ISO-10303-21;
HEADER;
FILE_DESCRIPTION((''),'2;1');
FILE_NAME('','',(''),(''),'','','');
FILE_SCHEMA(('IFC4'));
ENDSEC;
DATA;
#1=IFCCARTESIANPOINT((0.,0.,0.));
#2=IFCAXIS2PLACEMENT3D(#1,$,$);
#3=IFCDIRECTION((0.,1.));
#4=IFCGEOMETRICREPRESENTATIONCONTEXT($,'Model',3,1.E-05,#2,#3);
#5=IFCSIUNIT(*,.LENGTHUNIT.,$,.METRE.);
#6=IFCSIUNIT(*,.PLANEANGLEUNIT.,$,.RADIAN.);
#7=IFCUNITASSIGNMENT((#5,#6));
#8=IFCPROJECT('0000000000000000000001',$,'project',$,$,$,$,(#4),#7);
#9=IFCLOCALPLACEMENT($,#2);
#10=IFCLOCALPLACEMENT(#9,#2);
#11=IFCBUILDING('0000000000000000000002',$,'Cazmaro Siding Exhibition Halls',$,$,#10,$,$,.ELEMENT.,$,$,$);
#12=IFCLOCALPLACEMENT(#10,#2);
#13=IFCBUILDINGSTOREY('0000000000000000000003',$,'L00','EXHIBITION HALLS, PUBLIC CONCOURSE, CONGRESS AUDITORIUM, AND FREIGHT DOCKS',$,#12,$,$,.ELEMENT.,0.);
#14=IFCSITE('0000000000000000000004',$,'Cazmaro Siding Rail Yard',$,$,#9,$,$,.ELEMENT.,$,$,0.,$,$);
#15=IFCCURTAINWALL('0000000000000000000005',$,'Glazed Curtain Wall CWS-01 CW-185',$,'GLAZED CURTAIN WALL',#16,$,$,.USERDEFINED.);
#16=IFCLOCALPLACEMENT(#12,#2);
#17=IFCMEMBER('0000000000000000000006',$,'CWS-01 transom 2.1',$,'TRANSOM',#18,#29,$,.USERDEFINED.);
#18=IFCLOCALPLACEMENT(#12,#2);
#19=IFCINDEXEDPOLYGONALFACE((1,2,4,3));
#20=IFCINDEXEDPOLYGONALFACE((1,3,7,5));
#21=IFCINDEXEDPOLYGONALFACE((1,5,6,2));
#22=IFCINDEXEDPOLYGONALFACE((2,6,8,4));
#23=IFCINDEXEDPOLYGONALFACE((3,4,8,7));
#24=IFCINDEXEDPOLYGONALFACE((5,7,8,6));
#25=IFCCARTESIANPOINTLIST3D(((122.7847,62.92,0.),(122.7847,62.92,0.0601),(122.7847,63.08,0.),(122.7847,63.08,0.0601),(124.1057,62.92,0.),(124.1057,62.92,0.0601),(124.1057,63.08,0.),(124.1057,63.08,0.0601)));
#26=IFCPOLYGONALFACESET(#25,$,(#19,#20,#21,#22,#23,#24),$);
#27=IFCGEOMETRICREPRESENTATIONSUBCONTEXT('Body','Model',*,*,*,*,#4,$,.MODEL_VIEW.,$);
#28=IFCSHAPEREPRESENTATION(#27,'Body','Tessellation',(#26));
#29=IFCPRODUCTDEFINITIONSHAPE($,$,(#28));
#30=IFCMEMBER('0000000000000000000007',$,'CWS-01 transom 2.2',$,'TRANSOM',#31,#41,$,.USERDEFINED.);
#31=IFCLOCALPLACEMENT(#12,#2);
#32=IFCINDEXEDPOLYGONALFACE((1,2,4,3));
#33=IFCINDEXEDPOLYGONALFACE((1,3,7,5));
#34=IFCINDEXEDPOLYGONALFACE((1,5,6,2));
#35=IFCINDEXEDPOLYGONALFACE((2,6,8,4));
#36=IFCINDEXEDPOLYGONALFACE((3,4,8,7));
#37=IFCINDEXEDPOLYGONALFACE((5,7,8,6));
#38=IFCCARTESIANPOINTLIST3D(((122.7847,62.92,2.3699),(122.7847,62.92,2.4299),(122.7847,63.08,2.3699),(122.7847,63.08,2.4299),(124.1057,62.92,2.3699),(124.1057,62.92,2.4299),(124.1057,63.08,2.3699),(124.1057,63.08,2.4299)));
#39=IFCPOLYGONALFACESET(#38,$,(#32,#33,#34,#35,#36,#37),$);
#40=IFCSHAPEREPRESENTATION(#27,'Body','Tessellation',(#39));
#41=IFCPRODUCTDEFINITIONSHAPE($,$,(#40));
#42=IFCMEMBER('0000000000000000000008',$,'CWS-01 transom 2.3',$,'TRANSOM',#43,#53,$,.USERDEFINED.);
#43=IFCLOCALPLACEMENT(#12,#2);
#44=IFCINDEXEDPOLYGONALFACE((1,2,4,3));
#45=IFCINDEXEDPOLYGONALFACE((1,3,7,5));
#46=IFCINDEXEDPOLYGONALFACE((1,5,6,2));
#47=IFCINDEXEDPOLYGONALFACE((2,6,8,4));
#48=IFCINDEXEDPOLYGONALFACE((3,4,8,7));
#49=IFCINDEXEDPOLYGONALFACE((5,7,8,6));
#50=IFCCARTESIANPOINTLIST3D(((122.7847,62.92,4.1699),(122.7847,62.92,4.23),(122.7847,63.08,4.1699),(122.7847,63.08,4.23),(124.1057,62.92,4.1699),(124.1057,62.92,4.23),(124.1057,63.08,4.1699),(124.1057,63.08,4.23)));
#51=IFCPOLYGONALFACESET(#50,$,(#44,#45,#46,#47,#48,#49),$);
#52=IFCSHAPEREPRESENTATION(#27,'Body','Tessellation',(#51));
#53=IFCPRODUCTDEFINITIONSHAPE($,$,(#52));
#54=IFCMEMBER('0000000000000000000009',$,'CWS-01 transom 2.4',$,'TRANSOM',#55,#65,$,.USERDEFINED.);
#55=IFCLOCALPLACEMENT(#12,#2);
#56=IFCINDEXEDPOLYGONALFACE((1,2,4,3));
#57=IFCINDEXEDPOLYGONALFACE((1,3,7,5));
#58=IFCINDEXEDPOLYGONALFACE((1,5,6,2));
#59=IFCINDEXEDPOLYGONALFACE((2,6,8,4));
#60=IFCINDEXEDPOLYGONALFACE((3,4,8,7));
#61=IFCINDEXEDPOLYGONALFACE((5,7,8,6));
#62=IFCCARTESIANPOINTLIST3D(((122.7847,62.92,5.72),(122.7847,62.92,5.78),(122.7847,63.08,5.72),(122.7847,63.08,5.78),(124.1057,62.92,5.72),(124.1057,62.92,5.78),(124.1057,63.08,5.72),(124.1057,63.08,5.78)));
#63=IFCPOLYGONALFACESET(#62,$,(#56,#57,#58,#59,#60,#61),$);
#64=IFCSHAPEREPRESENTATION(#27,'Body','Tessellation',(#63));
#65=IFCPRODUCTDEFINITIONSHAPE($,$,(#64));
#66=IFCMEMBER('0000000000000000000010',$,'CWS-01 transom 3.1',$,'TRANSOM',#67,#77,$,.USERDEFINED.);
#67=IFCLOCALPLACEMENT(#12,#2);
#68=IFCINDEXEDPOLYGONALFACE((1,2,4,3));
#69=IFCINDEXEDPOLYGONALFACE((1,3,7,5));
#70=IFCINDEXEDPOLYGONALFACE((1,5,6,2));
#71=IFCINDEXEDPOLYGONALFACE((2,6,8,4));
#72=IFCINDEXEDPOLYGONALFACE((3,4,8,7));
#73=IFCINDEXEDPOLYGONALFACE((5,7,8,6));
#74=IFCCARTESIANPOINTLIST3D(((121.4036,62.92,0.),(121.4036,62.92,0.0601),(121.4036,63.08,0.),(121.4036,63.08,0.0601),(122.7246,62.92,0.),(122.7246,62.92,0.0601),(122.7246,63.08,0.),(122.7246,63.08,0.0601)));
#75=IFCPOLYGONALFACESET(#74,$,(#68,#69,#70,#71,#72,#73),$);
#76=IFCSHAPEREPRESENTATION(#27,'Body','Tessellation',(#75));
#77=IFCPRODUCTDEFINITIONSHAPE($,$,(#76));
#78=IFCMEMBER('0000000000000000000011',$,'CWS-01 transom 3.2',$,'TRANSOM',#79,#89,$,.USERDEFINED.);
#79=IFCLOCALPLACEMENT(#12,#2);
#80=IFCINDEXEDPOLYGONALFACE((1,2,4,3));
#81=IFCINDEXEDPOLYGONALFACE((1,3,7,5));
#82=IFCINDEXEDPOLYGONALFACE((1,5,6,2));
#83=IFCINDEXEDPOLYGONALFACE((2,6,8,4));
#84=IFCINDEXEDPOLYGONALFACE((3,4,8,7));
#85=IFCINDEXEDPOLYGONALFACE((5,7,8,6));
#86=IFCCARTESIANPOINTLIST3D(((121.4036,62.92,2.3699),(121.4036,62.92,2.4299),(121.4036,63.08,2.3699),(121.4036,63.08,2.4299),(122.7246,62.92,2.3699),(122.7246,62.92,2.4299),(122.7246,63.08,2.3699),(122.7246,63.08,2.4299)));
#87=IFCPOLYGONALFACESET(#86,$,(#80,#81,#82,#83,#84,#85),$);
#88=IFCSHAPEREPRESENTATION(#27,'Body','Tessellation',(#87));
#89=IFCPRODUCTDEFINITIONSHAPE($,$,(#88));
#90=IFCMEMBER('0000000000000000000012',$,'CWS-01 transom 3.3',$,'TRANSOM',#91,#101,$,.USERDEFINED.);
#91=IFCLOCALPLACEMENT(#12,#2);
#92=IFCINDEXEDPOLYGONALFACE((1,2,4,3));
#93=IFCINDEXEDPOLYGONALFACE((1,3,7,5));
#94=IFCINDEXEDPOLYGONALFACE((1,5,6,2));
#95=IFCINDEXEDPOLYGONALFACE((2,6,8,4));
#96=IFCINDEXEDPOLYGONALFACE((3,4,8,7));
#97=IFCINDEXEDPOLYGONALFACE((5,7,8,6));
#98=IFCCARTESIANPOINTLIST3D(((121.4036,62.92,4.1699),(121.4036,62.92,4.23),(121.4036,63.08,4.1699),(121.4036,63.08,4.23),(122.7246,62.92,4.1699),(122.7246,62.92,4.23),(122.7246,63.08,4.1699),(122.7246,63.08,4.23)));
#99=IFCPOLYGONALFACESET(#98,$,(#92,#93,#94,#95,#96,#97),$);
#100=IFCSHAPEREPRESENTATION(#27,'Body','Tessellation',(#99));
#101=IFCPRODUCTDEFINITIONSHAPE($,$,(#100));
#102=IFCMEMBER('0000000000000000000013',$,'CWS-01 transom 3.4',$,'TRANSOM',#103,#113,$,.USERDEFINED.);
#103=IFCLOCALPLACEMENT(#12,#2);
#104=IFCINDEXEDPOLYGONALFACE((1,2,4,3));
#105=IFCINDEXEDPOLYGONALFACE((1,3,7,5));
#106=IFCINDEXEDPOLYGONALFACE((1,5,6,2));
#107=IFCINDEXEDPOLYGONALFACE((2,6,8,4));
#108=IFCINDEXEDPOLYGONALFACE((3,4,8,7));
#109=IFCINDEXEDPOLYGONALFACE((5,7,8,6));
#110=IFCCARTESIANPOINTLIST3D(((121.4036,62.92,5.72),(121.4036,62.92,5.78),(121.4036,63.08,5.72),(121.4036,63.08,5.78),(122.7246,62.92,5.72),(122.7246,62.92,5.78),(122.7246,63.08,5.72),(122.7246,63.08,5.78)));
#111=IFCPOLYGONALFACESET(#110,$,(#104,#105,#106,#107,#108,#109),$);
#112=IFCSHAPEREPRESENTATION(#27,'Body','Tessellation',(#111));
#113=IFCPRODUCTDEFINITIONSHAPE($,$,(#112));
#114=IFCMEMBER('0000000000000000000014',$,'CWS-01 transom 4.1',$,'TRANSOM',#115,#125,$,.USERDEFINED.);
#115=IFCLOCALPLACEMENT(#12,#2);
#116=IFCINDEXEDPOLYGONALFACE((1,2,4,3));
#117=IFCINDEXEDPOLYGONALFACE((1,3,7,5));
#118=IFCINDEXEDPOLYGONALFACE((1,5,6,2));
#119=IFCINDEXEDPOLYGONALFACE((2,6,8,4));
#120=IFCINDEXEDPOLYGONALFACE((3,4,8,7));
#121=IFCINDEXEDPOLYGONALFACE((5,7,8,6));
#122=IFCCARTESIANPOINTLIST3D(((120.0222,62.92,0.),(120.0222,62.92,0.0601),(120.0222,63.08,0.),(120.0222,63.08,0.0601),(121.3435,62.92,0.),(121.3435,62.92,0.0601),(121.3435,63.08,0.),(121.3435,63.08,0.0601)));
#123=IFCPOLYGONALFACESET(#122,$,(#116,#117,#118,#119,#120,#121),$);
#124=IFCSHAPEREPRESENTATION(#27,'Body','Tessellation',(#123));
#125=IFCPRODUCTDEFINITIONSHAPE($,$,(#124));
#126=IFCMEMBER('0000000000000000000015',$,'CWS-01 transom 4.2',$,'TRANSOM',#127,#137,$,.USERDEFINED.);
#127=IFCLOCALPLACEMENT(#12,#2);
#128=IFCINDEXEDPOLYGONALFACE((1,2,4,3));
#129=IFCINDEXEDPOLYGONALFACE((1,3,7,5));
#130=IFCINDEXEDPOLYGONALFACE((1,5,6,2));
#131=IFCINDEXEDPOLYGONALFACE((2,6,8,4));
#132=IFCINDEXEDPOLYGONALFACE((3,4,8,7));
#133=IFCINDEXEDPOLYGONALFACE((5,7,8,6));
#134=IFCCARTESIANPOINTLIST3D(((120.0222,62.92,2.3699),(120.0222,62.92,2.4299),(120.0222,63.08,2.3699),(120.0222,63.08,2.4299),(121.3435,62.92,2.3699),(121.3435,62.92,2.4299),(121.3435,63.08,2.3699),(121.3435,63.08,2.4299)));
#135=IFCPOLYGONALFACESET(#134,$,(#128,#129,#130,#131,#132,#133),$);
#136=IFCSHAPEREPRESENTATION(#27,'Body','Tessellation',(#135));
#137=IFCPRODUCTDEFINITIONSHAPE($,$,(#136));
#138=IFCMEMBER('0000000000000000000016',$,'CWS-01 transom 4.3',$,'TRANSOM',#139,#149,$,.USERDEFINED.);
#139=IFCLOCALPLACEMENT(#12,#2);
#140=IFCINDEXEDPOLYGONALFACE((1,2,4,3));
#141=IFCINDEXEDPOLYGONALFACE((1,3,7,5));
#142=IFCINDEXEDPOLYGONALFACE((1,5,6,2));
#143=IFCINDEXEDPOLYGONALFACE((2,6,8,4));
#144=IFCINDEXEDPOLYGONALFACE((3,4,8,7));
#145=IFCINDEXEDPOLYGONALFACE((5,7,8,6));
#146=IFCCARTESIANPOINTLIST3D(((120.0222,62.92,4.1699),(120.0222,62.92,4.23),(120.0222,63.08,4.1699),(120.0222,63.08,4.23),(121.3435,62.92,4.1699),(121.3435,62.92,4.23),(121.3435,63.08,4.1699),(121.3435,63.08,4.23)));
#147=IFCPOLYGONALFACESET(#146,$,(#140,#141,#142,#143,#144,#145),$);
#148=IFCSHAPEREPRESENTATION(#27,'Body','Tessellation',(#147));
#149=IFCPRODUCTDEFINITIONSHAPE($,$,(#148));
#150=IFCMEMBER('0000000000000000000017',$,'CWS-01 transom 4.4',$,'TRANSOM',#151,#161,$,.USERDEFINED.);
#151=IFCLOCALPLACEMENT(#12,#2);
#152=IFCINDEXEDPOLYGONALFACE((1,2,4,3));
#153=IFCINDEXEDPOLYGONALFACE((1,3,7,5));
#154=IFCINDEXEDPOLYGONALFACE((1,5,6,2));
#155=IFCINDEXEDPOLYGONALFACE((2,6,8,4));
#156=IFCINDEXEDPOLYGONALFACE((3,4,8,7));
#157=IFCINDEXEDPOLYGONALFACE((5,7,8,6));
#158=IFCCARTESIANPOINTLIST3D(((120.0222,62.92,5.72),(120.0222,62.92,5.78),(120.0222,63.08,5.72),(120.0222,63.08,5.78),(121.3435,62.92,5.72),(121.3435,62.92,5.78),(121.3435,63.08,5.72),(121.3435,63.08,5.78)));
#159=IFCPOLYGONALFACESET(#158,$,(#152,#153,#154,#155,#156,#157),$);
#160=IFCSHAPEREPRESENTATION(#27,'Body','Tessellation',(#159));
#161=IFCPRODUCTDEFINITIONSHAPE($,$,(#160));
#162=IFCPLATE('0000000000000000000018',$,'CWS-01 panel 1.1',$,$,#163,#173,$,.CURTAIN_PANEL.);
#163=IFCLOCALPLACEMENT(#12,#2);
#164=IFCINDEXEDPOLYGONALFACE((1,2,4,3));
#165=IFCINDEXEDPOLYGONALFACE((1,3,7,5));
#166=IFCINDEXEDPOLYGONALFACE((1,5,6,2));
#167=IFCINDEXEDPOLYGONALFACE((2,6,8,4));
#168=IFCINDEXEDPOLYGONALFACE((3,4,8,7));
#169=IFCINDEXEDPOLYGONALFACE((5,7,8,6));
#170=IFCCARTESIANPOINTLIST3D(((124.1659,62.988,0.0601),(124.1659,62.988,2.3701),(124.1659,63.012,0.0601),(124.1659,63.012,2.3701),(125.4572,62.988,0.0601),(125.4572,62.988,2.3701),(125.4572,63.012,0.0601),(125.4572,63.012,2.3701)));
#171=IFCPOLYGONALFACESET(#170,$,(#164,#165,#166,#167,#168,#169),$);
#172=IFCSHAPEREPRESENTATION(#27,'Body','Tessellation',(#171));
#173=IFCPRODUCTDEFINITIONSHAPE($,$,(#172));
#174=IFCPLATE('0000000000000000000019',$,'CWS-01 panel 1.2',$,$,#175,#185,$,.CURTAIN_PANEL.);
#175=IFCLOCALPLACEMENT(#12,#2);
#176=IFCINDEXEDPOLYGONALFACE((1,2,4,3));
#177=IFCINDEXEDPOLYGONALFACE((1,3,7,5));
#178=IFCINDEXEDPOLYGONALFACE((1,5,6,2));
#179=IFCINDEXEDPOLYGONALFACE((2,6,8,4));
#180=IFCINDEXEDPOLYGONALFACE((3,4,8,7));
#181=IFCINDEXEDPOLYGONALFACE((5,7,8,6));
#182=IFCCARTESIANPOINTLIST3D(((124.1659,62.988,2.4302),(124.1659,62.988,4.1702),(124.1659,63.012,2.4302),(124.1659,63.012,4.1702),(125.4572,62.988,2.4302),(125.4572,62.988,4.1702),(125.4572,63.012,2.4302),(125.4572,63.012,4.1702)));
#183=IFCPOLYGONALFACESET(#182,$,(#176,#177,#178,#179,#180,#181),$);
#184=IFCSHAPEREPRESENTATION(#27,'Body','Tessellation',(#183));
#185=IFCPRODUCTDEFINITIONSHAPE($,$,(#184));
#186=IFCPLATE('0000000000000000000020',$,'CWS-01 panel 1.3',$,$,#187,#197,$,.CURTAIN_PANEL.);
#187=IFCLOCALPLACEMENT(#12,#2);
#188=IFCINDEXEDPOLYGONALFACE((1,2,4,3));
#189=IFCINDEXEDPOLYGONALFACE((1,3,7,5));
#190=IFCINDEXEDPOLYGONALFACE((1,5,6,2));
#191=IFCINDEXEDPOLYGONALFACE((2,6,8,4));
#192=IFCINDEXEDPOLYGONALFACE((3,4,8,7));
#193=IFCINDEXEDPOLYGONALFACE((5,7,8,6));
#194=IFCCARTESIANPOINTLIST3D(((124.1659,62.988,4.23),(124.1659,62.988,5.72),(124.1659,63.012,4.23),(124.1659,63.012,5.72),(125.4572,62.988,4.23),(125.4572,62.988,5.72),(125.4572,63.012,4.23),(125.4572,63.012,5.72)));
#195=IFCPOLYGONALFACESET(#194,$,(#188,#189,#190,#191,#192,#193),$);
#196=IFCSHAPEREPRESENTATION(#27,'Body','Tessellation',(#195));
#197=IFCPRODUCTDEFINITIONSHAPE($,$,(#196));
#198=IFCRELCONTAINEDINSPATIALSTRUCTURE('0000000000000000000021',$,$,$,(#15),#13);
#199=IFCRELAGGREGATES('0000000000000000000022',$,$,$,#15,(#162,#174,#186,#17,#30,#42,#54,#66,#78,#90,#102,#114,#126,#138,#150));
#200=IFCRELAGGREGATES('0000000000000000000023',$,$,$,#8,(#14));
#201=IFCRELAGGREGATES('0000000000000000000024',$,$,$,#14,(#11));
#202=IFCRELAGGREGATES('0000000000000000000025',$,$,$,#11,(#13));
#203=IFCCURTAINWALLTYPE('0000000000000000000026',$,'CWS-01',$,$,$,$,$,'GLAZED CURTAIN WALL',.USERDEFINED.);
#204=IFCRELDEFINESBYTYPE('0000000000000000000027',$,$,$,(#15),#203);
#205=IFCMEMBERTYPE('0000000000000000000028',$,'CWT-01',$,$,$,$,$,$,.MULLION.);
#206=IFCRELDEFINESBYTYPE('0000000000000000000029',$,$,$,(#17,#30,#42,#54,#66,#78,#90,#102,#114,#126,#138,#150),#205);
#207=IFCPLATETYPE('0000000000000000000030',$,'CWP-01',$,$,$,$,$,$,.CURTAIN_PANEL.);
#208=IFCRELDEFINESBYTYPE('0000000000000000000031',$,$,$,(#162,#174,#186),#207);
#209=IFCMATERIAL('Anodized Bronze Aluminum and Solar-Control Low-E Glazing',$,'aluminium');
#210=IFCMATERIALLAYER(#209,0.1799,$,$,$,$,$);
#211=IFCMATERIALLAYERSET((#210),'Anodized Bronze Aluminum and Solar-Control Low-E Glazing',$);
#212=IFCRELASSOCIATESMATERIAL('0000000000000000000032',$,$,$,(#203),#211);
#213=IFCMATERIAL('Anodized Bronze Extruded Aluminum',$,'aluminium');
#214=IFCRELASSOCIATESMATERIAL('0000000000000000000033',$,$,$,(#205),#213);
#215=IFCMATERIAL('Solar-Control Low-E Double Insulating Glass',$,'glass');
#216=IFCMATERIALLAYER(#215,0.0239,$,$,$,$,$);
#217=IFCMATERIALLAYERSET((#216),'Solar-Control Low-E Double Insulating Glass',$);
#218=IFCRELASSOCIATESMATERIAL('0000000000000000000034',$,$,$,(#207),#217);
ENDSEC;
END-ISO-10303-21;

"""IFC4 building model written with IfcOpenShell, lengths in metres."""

from ifc_helpers import new_model, si_unit, direction, frame, origin, origin_2d, place, context, subcontext, project, spatial, rectangle, extrude, material, layer, layer_set, material_profile, profile_set, type_object, element, aggregate, save


model = new_model("IFC4")

# Units and contexts
model_context = context("Model", 3, precision=1e-05, world=origin(), true_north=direction((0.0, 1.0)))
body_context = subcontext(model_context, "Body", "Model", "MODEL_VIEW")
ifc_project = project(units=[si_unit("LENGTHUNIT", "METRE"), si_unit("PLANEANGLEUNIT", "RADIAN")], contexts=[model_context])

# Site, building, storey
site_placement = place(None, origin())
site = spatial("IfcSite", under=ifc_project, at=site_placement, Name="Cazmaro Siding Rail Yard", CompositionType="ELEMENT", RefElevation=0.0)
building_placement = place(site_placement, origin())
building = spatial("IfcBuilding", under=site, at=building_placement, Name="Cazmaro Siding Exhibition Halls", CompositionType="ELEMENT")
storey_placement = place(building_placement, origin())
storey = spatial("IfcBuildingStorey", under=building, at=storey_placement, Name="L00", Description="EXHIBITION HALLS, PUBLIC CONCOURSE, CONGRESS AUDITORIUM, AND FREIGHT DOCKS", CompositionType="ELEMENT", Elevation=0.0)

# Curtain wall, members, plates
ifc_material_1 = material(Name="Anodized Bronze Aluminum and Solar-Control Low-E Glazing", Category="aluminium")
ifc_layer_1 = layer(ifc_material_1, 0.1799)
ifc_layer_set_1 = layer_set([ifc_layer_1], Name="Anodized Bronze Aluminum and Solar-Control Low-E Glazing")
curtain_wall_type = type_object("IfcCurtainWallType", Name="CWS-01", ElementType="GLAZED CURTAIN WALL", PredefinedType="USERDEFINED", material=ifc_layer_set_1)
curtain_wall_placement = place(storey_placement, origin())
curtain_wall = element("IfcCurtainWall", 1, at=curtain_wall_placement, inside=storey, type_object=curtain_wall_type, Name="Glazed Curtain Wall CWS-01 CW-185", ObjectType="GLAZED CURTAIN WALL", PredefinedType="USERDEFINED")
ifc_material_2 = material(Name="Anodized Bronze Extruded Aluminum", Category="aluminium")
ifc_material_profile_1 = material_profile(ifc_material_2, rectangle(XDim=0.1599, YDim=0.0601, at=origin_2d()), Name="CWT-01")
ifc_profile_set_1 = profile_set([ifc_material_profile_1], Name="Anodized Bronze Extruded Aluminum")
member_type_1 = type_object("IfcMemberType", Name="CWT-01", PredefinedType="MULLION", material=ifc_profile_set_1)
member_1_placement = place(storey_placement, frame((124.1057, 63.0, 0.03), z_axis=(-1.0, 0.0, 0.0), x_axis=(0.0, -1.0, 0.0)))
member_1 = element("IfcMember", 2, at=member_1_placement, type_object=member_type_1, Name="CWS-01 transom 2.1", ObjectType="TRANSOM", PredefinedType="USERDEFINED", context=body_context, shape_type="SweptSolid", body=[
    extrude(rectangle(XDim=0.1599, YDim=0.0601, at=origin_2d()), origin(), (0.0, 0.0, 1.0), 1.321),
])
member_2_placement = place(storey_placement, frame((124.1057, 63.0, 2.3999), z_axis=(-1.0, 0.0, 0.0), x_axis=(0.0, -1.0, 0.0)))
member_2 = element("IfcMember", 3, at=member_2_placement, type_object=member_type_1, Name="CWS-01 transom 2.2", ObjectType="TRANSOM", PredefinedType="USERDEFINED", context=body_context, shape_type="SweptSolid", body=[
    extrude(rectangle(XDim=0.1599, YDim=0.0601, at=origin_2d()), origin(), (0.0, 0.0, 1.0), 1.321),
])
member_3_placement = place(storey_placement, frame((124.1057, 63.0, 4.2), z_axis=(-1.0, 0.0, 0.0), x_axis=(0.0, -1.0, 0.0)))
member_3 = element("IfcMember", 4, at=member_3_placement, type_object=member_type_1, Name="CWS-01 transom 2.3", ObjectType="TRANSOM", PredefinedType="USERDEFINED", context=body_context, shape_type="SweptSolid", body=[
    extrude(rectangle(XDim=0.1599, YDim=0.0601, at=origin_2d()), origin(), (0.0, 0.0, 1.0), 1.321),
])
member_4_placement = place(storey_placement, frame((124.1057, 63.0, 5.75), z_axis=(-1.0, 0.0, 0.0), x_axis=(0.0, -1.0, 0.0)))
member_4 = element("IfcMember", 5, at=member_4_placement, type_object=member_type_1, Name="CWS-01 transom 2.4", ObjectType="TRANSOM", PredefinedType="USERDEFINED", context=body_context, shape_type="SweptSolid", body=[
    extrude(rectangle(XDim=0.1599, YDim=0.0601, at=origin_2d()), origin(), (0.0, 0.0, 1.0), 1.321),
])
member_5_placement = place(storey_placement, frame((122.7246, 63.0, 0.03), z_axis=(-1.0, 0.0, 0.0), x_axis=(0.0, -1.0, 0.0)))
member_5 = element("IfcMember", 6, at=member_5_placement, type_object=member_type_1, Name="CWS-01 transom 3.1", ObjectType="TRANSOM", PredefinedType="USERDEFINED", context=body_context, shape_type="SweptSolid", body=[
    extrude(rectangle(XDim=0.1599, YDim=0.0601, at=origin_2d()), origin(), (0.0, 0.0, 1.0), 1.321),
])
member_6_placement = place(storey_placement, frame((122.7246, 63.0, 2.3999), z_axis=(-1.0, 0.0, 0.0), x_axis=(0.0, -1.0, 0.0)))
member_6 = element("IfcMember", 7, at=member_6_placement, type_object=member_type_1, Name="CWS-01 transom 3.2", ObjectType="TRANSOM", PredefinedType="USERDEFINED", context=body_context, shape_type="SweptSolid", body=[
    extrude(rectangle(XDim=0.1599, YDim=0.0601, at=origin_2d()), origin(), (0.0, 0.0, 1.0), 1.321),
])
member_7_placement = place(storey_placement, frame((122.7246, 63.0, 4.2), z_axis=(-1.0, 0.0, 0.0), x_axis=(0.0, -1.0, 0.0)))
member_7 = element("IfcMember", 8, at=member_7_placement, type_object=member_type_1, Name="CWS-01 transom 3.3", ObjectType="TRANSOM", PredefinedType="USERDEFINED", context=body_context, shape_type="SweptSolid", body=[
    extrude(rectangle(XDim=0.1599, YDim=0.0601, at=origin_2d()), origin(), (0.0, 0.0, 1.0), 1.321),
])
member_8_placement = place(storey_placement, frame((122.7246, 63.0, 5.75), z_axis=(-1.0, 0.0, 0.0), x_axis=(0.0, -1.0, 0.0)))
member_8 = element("IfcMember", 9, at=member_8_placement, type_object=member_type_1, Name="CWS-01 transom 3.4", ObjectType="TRANSOM", PredefinedType="USERDEFINED", context=body_context, shape_type="SweptSolid", body=[
    extrude(rectangle(XDim=0.1599, YDim=0.0601, at=origin_2d()), origin(), (0.0, 0.0, 1.0), 1.321),
])
member_9_placement = place(storey_placement, frame((121.3435, 63.0, 0.03), z_axis=(-1.0, 0.0, 0.0), x_axis=(0.0, -1.0, 0.0)))
member_9 = element("IfcMember", 10, at=member_9_placement, type_object=member_type_1, Name="CWS-01 transom 4.1", ObjectType="TRANSOM", PredefinedType="USERDEFINED", context=body_context, shape_type="SweptSolid", body=[
    extrude(rectangle(XDim=0.1599, YDim=0.0601, at=origin_2d()), origin(), (0.0, 0.0, 1.0), 1.3213),
])
member_10_placement = place(storey_placement, frame((121.3435, 63.0, 2.3999), z_axis=(-1.0, 0.0, 0.0), x_axis=(0.0, -1.0, 0.0)))
member_10 = element("IfcMember", 11, at=member_10_placement, type_object=member_type_1, Name="CWS-01 transom 4.2", ObjectType="TRANSOM", PredefinedType="USERDEFINED", context=body_context, shape_type="SweptSolid", body=[
    extrude(rectangle(XDim=0.1599, YDim=0.0601, at=origin_2d()), origin(), (0.0, 0.0, 1.0), 1.3213),
])
member_11_placement = place(storey_placement, frame((121.3435, 63.0, 4.2), z_axis=(-1.0, 0.0, 0.0), x_axis=(0.0, -1.0, 0.0)))
member_11 = element("IfcMember", 12, at=member_11_placement, type_object=member_type_1, Name="CWS-01 transom 4.3", ObjectType="TRANSOM", PredefinedType="USERDEFINED", context=body_context, shape_type="SweptSolid", body=[
    extrude(rectangle(XDim=0.1599, YDim=0.0601, at=origin_2d()), origin(), (0.0, 0.0, 1.0), 1.3213),
])
member_12_placement = place(storey_placement, frame((121.3435, 63.0, 5.75), z_axis=(-1.0, 0.0, 0.0), x_axis=(0.0, -1.0, 0.0)))
member_12 = element("IfcMember", 13, at=member_12_placement, type_object=member_type_1, Name="CWS-01 transom 4.4", ObjectType="TRANSOM", PredefinedType="USERDEFINED", context=body_context, shape_type="SweptSolid", body=[
    extrude(rectangle(XDim=0.1599, YDim=0.0601, at=origin_2d()), origin(), (0.0, 0.0, 1.0), 1.3213),
])
ifc_material_3 = material(Name="Solar-Control Low-E Double Insulating Glass", Category="glass")
ifc_layer_2 = layer(ifc_material_3, 0.0239)
ifc_layer_set_2 = layer_set([ifc_layer_2], Name="Solar-Control Low-E Double Insulating Glass")
plate_type = type_object("IfcPlateType", Name="CWP-01", PredefinedType="CURTAIN_PANEL", material=ifc_layer_set_2)
plate_1_placement = place(storey_placement, frame((124.8115, 63.0, 0.0601), z_axis=(0.0, 0.0, 1.0), x_axis=(-1.0, 0.0, 0.0)))
plate_1 = element("IfcPlate", 14, at=plate_1_placement, type_object=plate_type, Name="CWS-01 panel 1.1", PredefinedType="CURTAIN_PANEL", context=body_context, shape_type="SweptSolid", body=[
    extrude(rectangle(XDim=1.2913, YDim=0.0239, at=origin_2d()), origin(), (0.0, 0.0, 1.0), 2.3101),
])
plate_2_placement = place(storey_placement, frame((124.8115, 63.0, 2.4302), z_axis=(0.0, 0.0, 1.0), x_axis=(-1.0, 0.0, 0.0)))
plate_2 = element("IfcPlate", 15, at=plate_2_placement, type_object=plate_type, Name="CWS-01 panel 1.2", PredefinedType="CURTAIN_PANEL", context=body_context, shape_type="SweptSolid", body=[
    extrude(rectangle(XDim=1.2913, YDim=0.0239, at=origin_2d()), origin(), (0.0, 0.0, 1.0), 1.74),
])
plate_3_placement = place(storey_placement, frame((124.8115, 63.0, 4.23), z_axis=(0.0, 0.0, 1.0), x_axis=(-1.0, 0.0, 0.0)))
plate_3 = element("IfcPlate", 16, at=plate_3_placement, type_object=plate_type, Name="CWS-01 panel 1.3", PredefinedType="CURTAIN_PANEL", context=body_context, shape_type="SweptSolid", body=[
    extrude(rectangle(XDim=1.2913, YDim=0.0239, at=origin_2d()), origin(), (0.0, 0.0, 1.0), 1.49),
])
aggregate(curtain_wall, [plate_1, plate_2, plate_3, member_1, member_2, member_3, member_4, member_5, member_6, member_7, member_8, member_9, member_10, member_11, member_12])

save(model, "model.ifc")
